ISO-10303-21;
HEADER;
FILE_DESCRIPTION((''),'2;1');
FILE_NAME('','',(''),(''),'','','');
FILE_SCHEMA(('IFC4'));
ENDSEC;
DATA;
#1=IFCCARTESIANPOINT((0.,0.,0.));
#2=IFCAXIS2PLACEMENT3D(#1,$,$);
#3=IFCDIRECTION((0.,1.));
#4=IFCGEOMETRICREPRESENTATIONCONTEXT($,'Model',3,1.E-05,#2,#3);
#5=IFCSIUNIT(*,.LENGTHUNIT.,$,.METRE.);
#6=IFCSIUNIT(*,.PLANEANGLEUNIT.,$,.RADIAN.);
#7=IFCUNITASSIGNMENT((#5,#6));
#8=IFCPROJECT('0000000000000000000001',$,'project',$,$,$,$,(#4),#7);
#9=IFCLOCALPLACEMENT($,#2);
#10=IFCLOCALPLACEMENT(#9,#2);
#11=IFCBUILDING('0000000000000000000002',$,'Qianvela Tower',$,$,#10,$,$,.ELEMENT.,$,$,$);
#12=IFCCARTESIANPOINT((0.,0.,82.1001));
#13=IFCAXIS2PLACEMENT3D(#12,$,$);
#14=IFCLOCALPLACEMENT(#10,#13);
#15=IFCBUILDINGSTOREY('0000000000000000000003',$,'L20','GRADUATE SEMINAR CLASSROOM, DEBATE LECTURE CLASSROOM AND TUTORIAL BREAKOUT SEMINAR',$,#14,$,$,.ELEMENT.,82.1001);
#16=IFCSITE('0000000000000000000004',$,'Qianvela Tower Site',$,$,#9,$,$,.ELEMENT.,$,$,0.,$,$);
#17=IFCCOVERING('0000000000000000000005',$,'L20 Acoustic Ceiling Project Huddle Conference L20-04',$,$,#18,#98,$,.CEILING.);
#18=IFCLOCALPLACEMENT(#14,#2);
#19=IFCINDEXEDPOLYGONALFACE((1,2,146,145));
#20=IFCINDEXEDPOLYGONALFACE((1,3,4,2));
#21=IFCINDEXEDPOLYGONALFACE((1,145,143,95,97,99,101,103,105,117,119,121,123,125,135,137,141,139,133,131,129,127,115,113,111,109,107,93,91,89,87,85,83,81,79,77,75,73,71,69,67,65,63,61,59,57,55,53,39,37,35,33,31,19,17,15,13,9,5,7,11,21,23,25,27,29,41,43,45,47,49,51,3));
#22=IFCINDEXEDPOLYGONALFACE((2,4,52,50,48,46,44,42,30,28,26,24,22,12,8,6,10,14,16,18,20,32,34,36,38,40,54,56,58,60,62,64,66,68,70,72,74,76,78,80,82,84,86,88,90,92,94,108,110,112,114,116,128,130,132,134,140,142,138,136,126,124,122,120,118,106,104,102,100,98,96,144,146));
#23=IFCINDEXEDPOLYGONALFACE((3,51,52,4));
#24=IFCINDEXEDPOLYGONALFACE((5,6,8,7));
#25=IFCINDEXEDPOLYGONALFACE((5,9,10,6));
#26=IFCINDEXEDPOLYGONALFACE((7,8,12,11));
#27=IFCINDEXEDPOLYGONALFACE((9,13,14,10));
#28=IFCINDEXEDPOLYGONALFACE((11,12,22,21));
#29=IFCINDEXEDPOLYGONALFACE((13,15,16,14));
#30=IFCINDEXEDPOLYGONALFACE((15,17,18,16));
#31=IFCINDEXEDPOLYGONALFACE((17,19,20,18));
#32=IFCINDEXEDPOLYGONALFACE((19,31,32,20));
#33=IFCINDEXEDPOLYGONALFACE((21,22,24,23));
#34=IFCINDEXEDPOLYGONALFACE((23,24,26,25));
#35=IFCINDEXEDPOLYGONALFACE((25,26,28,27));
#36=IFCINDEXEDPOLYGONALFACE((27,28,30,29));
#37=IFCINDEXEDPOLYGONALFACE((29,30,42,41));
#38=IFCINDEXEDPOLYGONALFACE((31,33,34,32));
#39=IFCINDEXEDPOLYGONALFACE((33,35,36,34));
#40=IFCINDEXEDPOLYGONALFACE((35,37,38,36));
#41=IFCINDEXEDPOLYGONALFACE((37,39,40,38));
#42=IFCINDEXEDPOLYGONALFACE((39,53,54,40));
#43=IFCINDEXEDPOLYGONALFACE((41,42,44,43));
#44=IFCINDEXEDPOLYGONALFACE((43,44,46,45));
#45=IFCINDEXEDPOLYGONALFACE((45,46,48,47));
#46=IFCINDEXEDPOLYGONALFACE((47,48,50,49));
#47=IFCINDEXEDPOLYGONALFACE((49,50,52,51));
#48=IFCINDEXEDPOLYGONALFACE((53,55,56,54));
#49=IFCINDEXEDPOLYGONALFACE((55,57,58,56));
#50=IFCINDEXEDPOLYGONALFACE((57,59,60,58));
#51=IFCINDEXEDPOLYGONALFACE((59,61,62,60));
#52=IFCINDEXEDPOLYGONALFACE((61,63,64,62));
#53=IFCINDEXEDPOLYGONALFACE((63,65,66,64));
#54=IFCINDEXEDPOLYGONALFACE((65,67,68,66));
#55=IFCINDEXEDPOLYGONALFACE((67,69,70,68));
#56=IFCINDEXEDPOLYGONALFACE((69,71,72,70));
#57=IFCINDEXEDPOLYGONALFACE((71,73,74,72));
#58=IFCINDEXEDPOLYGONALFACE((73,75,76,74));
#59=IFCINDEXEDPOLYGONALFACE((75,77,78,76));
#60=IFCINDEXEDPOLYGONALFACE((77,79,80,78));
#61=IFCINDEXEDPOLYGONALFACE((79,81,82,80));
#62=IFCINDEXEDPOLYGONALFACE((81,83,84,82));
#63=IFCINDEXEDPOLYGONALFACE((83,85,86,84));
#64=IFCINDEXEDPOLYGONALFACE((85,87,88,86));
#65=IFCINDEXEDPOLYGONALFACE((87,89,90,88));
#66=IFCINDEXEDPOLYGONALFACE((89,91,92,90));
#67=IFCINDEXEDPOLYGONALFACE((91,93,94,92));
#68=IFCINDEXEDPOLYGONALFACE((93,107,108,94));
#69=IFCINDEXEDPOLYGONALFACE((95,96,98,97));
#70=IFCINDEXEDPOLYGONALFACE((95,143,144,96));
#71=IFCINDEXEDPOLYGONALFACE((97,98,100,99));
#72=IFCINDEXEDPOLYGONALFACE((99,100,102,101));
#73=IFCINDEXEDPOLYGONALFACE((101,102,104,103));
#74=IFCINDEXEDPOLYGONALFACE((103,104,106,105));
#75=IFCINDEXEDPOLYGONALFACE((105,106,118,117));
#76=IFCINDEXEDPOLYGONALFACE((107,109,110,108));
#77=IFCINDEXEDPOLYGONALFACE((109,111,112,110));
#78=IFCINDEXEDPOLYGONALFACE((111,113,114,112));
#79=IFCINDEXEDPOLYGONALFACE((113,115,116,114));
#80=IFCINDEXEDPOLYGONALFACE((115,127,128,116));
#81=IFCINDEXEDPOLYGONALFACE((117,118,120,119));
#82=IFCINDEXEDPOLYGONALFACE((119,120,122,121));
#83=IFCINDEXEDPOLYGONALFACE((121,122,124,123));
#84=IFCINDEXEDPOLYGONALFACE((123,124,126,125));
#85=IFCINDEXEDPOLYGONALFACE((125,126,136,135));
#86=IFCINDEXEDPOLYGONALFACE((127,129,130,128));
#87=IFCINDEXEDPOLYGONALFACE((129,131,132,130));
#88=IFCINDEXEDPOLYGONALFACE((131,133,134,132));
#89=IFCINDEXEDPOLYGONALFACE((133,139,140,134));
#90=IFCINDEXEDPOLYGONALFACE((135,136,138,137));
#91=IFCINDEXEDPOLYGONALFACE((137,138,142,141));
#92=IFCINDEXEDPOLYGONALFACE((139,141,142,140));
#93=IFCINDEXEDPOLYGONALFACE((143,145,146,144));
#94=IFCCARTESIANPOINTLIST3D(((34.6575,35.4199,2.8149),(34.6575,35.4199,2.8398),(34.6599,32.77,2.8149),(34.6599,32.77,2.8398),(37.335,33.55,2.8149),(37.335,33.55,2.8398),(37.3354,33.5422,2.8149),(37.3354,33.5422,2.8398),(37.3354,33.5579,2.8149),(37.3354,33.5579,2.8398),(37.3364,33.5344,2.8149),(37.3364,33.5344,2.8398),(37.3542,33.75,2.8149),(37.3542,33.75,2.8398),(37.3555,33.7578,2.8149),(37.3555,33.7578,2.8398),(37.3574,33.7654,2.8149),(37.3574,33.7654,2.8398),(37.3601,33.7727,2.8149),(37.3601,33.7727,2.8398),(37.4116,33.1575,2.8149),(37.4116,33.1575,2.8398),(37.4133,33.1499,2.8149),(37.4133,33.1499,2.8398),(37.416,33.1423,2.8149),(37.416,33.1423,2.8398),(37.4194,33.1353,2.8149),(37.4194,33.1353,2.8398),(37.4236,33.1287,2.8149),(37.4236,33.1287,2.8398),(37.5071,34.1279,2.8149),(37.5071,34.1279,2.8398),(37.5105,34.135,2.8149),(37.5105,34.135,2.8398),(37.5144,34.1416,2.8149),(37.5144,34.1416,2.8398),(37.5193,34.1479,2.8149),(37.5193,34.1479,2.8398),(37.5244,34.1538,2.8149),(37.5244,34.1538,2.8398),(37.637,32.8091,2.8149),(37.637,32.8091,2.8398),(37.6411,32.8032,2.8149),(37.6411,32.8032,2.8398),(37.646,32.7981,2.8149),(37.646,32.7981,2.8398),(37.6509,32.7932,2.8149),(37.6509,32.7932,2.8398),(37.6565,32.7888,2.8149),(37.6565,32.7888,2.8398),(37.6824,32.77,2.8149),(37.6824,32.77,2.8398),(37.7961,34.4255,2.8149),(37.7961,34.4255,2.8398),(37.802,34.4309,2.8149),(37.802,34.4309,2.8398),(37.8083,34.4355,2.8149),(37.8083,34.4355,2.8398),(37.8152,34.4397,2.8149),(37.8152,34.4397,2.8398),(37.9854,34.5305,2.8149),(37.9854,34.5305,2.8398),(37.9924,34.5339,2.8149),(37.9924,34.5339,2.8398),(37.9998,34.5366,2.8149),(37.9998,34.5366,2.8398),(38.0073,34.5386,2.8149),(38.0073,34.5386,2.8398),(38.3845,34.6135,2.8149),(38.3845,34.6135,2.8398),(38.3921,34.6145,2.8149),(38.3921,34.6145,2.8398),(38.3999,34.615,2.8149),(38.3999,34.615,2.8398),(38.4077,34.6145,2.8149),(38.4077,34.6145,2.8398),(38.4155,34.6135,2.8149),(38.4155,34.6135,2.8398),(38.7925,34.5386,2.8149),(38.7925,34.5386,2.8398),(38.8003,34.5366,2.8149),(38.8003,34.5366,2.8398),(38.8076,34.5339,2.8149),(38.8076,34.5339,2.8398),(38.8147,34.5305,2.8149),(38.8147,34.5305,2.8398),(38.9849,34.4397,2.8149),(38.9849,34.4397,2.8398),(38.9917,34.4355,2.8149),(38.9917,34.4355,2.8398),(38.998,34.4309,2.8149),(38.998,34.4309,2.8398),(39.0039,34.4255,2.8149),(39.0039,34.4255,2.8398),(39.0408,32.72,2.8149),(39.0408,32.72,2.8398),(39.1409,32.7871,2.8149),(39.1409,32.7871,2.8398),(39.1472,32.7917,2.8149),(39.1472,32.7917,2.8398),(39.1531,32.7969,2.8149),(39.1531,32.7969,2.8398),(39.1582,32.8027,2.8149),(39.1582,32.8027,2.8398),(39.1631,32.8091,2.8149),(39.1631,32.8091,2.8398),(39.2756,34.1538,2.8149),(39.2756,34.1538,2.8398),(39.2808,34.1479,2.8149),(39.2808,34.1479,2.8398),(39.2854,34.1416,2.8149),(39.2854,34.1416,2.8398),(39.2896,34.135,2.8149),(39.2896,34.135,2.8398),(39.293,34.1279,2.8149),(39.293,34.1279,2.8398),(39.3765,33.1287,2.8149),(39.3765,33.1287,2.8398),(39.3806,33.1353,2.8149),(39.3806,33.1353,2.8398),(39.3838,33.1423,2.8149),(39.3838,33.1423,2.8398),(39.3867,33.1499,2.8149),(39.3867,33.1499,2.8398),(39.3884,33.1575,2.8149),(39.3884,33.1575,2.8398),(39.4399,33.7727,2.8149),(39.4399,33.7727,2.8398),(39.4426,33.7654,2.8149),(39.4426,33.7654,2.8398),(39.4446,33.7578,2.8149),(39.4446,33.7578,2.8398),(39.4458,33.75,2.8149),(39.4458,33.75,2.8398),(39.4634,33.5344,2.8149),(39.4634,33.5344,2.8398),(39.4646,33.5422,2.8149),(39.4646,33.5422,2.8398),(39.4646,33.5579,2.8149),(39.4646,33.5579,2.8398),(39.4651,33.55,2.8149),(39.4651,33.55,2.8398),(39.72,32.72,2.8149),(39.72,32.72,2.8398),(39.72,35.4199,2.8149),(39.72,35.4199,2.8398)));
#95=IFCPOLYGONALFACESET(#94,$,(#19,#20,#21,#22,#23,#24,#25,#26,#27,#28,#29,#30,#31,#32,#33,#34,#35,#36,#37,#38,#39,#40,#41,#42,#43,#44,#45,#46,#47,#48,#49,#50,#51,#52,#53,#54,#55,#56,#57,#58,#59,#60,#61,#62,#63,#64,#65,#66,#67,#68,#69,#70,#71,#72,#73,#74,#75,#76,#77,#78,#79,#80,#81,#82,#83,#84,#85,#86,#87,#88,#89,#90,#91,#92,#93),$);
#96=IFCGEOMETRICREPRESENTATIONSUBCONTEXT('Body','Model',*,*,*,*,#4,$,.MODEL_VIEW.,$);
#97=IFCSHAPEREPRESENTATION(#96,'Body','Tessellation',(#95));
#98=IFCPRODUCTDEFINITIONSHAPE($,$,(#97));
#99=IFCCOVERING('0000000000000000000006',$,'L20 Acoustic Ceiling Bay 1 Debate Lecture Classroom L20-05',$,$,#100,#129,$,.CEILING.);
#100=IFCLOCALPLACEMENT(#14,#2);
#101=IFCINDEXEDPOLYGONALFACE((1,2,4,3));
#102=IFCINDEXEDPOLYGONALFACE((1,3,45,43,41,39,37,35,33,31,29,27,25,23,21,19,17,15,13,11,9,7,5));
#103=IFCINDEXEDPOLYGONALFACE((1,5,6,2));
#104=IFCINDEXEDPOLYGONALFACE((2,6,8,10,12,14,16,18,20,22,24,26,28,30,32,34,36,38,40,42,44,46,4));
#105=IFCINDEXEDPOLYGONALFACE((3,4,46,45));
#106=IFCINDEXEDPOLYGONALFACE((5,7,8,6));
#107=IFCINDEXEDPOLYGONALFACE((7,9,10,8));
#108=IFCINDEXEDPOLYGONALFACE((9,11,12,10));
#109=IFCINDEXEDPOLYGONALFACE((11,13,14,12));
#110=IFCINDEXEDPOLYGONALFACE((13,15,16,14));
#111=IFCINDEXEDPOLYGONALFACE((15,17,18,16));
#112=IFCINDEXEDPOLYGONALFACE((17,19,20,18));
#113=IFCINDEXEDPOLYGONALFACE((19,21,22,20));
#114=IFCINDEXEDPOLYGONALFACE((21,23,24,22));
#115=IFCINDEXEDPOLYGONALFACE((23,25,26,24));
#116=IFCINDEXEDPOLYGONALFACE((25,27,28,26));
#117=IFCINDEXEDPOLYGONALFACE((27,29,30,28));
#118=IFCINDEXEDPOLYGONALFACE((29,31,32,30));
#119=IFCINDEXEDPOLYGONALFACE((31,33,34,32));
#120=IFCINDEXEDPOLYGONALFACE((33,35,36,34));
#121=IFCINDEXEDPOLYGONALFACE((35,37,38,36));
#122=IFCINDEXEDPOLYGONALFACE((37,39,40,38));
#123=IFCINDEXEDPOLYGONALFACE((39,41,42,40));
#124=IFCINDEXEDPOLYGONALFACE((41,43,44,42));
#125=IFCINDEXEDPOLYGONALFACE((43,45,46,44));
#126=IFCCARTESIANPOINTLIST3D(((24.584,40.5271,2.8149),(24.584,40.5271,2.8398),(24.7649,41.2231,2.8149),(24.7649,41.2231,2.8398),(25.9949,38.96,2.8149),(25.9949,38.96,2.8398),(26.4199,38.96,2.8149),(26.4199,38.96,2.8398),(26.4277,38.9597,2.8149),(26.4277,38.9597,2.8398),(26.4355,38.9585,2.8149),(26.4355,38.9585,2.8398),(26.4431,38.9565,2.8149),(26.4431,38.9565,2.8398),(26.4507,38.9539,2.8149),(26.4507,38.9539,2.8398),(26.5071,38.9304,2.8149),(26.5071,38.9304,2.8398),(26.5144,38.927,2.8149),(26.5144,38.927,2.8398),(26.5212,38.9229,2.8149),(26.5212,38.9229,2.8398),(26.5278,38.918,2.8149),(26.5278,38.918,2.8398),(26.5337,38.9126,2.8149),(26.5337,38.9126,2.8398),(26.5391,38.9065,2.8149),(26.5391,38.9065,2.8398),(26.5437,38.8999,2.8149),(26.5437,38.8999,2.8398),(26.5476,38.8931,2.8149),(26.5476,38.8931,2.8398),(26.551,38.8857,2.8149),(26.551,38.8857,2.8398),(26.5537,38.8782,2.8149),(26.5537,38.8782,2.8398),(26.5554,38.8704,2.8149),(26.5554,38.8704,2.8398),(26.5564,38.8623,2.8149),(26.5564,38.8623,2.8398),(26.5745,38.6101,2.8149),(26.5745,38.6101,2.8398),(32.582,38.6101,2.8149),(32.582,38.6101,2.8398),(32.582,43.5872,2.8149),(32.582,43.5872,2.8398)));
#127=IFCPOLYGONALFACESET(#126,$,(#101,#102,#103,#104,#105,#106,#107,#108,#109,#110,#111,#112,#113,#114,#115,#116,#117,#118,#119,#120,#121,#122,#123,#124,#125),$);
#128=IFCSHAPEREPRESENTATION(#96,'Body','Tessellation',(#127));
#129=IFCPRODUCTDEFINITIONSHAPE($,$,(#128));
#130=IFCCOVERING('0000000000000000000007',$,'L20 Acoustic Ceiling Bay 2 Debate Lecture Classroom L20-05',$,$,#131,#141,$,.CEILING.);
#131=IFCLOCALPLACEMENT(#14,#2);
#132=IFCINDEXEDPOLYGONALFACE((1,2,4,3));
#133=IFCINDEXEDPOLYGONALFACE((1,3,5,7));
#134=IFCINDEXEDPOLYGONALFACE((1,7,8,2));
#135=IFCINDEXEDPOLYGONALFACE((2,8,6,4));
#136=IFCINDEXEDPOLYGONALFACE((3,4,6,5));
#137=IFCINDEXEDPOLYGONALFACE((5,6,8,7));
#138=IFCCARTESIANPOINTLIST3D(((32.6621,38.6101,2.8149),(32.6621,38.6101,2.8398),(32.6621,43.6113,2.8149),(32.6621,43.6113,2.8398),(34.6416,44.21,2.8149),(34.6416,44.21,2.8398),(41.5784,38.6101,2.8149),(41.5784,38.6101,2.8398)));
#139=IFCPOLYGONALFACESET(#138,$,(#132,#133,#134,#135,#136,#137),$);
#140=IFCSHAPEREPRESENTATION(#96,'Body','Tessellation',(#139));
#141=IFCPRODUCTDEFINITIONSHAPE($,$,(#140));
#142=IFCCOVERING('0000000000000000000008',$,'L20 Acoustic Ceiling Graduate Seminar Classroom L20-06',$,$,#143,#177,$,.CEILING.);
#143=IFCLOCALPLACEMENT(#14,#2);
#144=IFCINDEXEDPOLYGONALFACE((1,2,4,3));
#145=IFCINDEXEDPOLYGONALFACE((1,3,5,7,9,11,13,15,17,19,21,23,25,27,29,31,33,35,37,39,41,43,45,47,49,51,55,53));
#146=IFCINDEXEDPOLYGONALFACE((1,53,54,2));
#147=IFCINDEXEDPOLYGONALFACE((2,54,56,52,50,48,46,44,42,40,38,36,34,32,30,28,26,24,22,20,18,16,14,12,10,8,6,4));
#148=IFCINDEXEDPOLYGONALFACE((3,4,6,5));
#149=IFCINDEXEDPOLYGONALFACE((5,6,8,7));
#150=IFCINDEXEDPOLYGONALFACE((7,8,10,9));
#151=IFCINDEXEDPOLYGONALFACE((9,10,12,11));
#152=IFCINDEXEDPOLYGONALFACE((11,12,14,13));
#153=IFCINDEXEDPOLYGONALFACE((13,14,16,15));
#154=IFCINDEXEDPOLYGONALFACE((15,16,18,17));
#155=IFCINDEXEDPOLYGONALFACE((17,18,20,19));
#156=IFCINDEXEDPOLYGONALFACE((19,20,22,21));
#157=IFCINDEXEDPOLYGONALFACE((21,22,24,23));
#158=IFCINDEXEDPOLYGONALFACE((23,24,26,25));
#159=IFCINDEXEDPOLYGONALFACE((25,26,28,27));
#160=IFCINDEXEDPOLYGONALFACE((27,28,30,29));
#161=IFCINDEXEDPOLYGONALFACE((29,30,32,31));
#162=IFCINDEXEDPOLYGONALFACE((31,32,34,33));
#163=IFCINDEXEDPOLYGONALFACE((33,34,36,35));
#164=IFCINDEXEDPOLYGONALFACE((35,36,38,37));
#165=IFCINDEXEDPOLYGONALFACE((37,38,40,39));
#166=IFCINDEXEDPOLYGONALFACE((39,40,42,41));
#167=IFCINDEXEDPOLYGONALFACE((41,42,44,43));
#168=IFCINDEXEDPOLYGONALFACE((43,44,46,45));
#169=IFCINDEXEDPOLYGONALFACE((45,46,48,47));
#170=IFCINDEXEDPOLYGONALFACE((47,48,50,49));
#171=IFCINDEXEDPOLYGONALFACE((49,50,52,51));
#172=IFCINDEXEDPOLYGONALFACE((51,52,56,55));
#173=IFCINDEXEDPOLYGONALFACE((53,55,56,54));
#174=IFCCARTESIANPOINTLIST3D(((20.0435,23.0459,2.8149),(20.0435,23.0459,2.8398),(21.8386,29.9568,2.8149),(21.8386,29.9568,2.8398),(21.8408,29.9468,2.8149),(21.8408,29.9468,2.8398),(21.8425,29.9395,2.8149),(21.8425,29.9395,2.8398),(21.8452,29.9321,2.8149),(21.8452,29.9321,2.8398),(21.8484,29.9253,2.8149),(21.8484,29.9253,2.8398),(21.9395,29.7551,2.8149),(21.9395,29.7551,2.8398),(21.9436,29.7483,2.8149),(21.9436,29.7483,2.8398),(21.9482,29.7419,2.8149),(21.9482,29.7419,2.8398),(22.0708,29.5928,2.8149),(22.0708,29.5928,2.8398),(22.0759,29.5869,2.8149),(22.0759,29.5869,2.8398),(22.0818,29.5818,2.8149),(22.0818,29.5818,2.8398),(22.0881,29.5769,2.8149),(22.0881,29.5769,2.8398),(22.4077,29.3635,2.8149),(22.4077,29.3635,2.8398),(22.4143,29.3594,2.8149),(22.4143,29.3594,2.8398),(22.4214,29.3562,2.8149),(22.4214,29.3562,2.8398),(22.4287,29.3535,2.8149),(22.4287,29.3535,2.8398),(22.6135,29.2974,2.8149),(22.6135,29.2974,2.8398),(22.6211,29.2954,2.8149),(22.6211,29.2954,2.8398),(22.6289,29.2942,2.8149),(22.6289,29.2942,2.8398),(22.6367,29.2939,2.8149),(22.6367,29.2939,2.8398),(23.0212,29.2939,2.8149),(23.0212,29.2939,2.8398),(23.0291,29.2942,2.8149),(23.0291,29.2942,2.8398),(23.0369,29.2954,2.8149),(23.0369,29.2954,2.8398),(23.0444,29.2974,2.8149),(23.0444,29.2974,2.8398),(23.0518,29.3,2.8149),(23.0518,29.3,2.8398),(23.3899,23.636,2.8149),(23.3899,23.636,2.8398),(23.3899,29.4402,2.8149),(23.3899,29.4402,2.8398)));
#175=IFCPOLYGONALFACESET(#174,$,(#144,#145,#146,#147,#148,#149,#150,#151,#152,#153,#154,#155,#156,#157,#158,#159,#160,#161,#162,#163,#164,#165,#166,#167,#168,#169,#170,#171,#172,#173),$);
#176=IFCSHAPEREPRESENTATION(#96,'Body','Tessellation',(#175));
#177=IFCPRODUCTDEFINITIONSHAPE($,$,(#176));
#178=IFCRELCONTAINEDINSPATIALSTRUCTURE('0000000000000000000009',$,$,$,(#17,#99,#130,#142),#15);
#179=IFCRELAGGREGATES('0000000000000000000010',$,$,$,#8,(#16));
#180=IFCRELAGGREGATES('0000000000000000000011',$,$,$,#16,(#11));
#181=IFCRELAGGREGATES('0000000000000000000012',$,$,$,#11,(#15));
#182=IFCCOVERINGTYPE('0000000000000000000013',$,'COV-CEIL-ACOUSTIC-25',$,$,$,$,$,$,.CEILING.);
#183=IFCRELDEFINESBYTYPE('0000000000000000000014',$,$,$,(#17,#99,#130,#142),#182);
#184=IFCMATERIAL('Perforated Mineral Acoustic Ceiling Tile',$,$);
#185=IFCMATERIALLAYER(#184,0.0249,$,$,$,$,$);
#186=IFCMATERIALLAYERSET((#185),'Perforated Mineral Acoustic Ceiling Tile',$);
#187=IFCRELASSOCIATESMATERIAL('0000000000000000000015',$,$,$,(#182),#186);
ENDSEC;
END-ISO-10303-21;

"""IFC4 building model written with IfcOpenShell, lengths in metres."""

from ifc_helpers import new_model, si_unit, direction, frame, origin, place, context, subcontext, project, spatial, polyline, outline, extrude, material, layer, layer_set, type_object, element, save


model = new_model("IFC4")

# Units and contexts
model_context = context("Model", 3, precision=1e-05, world=origin(), true_north=direction((0.0, 1.0)))
body_context = subcontext(model_context, "Body", "Model", "MODEL_VIEW")
ifc_project = project(units=[si_unit("LENGTHUNIT", "METRE"), si_unit("PLANEANGLEUNIT", "RADIAN")], contexts=[model_context])

# Site, building, storey
site_placement = place(None, origin())
site = spatial("IfcSite", under=ifc_project, at=site_placement, Name="Qianvela Tower Site", CompositionType="ELEMENT", RefElevation=0.0)
building_placement = place(site_placement, origin())
building = spatial("IfcBuilding", under=site, at=building_placement, Name="Qianvela Tower", CompositionType="ELEMENT")
storey_placement = place(building_placement, frame((0.0, 0.0, 82.1001)))
storey = spatial("IfcBuildingStorey", under=building, at=storey_placement, Name="L20", Description="GRADUATE SEMINAR CLASSROOM, DEBATE LECTURE CLASSROOM AND TUTORIAL BREAKOUT SEMINAR", CompositionType="ELEMENT", Elevation=82.1001)

# Coverings
ifc_material_1 = material(Name="Perforated Mineral Acoustic Ceiling Tile")
ifc_layer_1 = layer(ifc_material_1, 0.0249)
ifc_layer_set_1 = layer_set([ifc_layer_1], Name="Perforated Mineral Acoustic Ceiling Tile")
covering_type_1 = type_object("IfcCoveringType", Name="COV-CEIL-ACOUSTIC-25", PredefinedType="CEILING", material=ifc_layer_set_1)
covering_1_placement = place(storey_placement, frame((0.0, 0.0, 2.8149)))
element("IfcCovering", 1, at=covering_1_placement, inside=storey, type_object=covering_type_1, Name="L20 Acoustic Ceiling Project Huddle Conference L20-04", PredefinedType="CEILING", context=body_context, shape_type="SweptSolid", body=[
    extrude(outline(polyline([(39.72, 35.4199), (39.72, 32.72), (39.0408, 32.72), (39.1409, 32.7871), (39.1472, 32.7917), (39.1531, 32.7969), (39.1582, 32.8027), (39.1631, 32.8091), (39.3765, 33.1287), (39.3806, 33.1353), (39.3838, 33.1423), (39.3867, 33.1499), (39.3884, 33.1575), (39.4634, 33.5344), (39.4646, 33.5422), (39.4651, 33.55), (39.4646, 33.5579), (39.4458, 33.75), (39.4446, 33.7578), (39.4426, 33.7654), (39.4399, 33.7727), (39.293, 34.1279), (39.2896, 34.135), (39.2854, 34.1416), (39.2808, 34.1479), (39.2756, 34.1538), (39.0039, 34.4255), (38.998, 34.4309), (38.9917, 34.4355), (38.9849, 34.4397), (38.8147, 34.5305), (38.8076, 34.5339), (38.8003, 34.5366), (38.7925, 34.5386), (38.4155, 34.6135), (38.4077, 34.6145), (38.3999, 34.615), (38.3921, 34.6145), (38.3845, 34.6135), (38.0073, 34.5386), (37.9998, 34.5366), (37.9924, 34.5339), (37.9854, 34.5305), (37.8152, 34.4397), (37.8083, 34.4355), (37.802, 34.4309), (37.7961, 34.4255), (37.5244, 34.1538), (37.5193, 34.1479), (37.5144, 34.1416), (37.5105, 34.135), (37.5071, 34.1279), (37.3601, 33.7727), (37.3574, 33.7654), (37.3555, 33.7578), (37.3542, 33.75), (37.3354, 33.5579), (37.335, 33.55), (37.3354, 33.5422), (37.3364, 33.5344), (37.4116, 33.1575), (37.4133, 33.1499), (37.416, 33.1423), (37.4194, 33.1353), (37.4236, 33.1287), (37.637, 32.8091), (37.6411, 32.8032), (37.646, 32.7981), (37.6509, 32.7932), (37.6565, 32.7888), (37.6824, 32.77), (34.6599, 32.77), (34.6575, 35.4199), (39.72, 35.4199)])), origin(), (0.0, 0.0, 1.0), 0.0249),
])
covering_2_placement = place(storey_placement, frame((0.0, 0.0, 2.8149)))
element("IfcCovering", 2, at=covering_2_placement, inside=storey, type_object=covering_type_1, Name="L20 Acoustic Ceiling Bay 1 Debate Lecture Classroom L20-05", PredefinedType="CEILING", context=body_context, shape_type="SweptSolid", body=[
    extrude(outline(polyline([(26.5745, 38.6101), (26.5564, 38.8623), (26.5554, 38.8704), (26.5537, 38.8782), (26.551, 38.8857), (26.5476, 38.8931), (26.5437, 38.8999), (26.5391, 38.9065), (26.5337, 38.9126), (26.5278, 38.918), (26.5212, 38.9229), (26.5144, 38.927), (26.5071, 38.9304), (26.4507, 38.9539), (26.4431, 38.9565), (26.4355, 38.9585), (26.4277, 38.9597), (26.4199, 38.96), (25.9949, 38.96), (24.584, 40.5271), (24.7649, 41.2231), (32.582, 43.5872), (32.582, 38.6101), (26.5745, 38.6101)])), origin(), (0.0, 0.0, 1.0), 0.0249),
])
covering_3_placement = place(storey_placement, frame((0.0, 0.0, 2.8149)))
element("IfcCovering", 3, at=covering_3_placement, inside=storey, type_object=covering_type_1, Name="L20 Acoustic Ceiling Bay 2 Debate Lecture Classroom L20-05", PredefinedType="CEILING", context=body_context, shape_type="SweptSolid", body=[
    extrude(outline(polyline([(32.6621, 38.6101), (32.6621, 43.6113), (34.6416, 44.21), (41.5784, 38.6101), (32.6621, 38.6101)])), origin(), (0.0, 0.0, 1.0), 0.0249),
])
covering_4_placement = place(storey_placement, frame((0.0, 0.0, 2.8149)))
element("IfcCovering", 4, at=covering_4_placement, inside=storey, type_object=covering_type_1, Name="L20 Acoustic Ceiling Graduate Seminar Classroom L20-06", PredefinedType="CEILING", context=body_context, shape_type="SweptSolid", body=[
    extrude(outline(polyline([(23.3899, 29.4402), (23.3899, 23.636), (20.0435, 23.0459), (21.8386, 29.9568), (21.8408, 29.9468), (21.8425, 29.9395), (21.8452, 29.9321), (21.8484, 29.9253), (21.9395, 29.7551), (21.9436, 29.7483), (21.9482, 29.7419), (22.0708, 29.5928), (22.0759, 29.5869), (22.0818, 29.5818), (22.0881, 29.5769), (22.4077, 29.3635), (22.4143, 29.3594), (22.4214, 29.3562), (22.4287, 29.3535), (22.6135, 29.2974), (22.6211, 29.2954), (22.6289, 29.2942), (22.6367, 29.2939), (23.0212, 29.2939), (23.0291, 29.2942), (23.0369, 29.2954), (23.0444, 29.2974), (23.0518, 29.3), (23.3899, 29.4402)])), origin(), (0.0, 0.0, 1.0), 0.0249),
])

save(model, "model.ifc")
